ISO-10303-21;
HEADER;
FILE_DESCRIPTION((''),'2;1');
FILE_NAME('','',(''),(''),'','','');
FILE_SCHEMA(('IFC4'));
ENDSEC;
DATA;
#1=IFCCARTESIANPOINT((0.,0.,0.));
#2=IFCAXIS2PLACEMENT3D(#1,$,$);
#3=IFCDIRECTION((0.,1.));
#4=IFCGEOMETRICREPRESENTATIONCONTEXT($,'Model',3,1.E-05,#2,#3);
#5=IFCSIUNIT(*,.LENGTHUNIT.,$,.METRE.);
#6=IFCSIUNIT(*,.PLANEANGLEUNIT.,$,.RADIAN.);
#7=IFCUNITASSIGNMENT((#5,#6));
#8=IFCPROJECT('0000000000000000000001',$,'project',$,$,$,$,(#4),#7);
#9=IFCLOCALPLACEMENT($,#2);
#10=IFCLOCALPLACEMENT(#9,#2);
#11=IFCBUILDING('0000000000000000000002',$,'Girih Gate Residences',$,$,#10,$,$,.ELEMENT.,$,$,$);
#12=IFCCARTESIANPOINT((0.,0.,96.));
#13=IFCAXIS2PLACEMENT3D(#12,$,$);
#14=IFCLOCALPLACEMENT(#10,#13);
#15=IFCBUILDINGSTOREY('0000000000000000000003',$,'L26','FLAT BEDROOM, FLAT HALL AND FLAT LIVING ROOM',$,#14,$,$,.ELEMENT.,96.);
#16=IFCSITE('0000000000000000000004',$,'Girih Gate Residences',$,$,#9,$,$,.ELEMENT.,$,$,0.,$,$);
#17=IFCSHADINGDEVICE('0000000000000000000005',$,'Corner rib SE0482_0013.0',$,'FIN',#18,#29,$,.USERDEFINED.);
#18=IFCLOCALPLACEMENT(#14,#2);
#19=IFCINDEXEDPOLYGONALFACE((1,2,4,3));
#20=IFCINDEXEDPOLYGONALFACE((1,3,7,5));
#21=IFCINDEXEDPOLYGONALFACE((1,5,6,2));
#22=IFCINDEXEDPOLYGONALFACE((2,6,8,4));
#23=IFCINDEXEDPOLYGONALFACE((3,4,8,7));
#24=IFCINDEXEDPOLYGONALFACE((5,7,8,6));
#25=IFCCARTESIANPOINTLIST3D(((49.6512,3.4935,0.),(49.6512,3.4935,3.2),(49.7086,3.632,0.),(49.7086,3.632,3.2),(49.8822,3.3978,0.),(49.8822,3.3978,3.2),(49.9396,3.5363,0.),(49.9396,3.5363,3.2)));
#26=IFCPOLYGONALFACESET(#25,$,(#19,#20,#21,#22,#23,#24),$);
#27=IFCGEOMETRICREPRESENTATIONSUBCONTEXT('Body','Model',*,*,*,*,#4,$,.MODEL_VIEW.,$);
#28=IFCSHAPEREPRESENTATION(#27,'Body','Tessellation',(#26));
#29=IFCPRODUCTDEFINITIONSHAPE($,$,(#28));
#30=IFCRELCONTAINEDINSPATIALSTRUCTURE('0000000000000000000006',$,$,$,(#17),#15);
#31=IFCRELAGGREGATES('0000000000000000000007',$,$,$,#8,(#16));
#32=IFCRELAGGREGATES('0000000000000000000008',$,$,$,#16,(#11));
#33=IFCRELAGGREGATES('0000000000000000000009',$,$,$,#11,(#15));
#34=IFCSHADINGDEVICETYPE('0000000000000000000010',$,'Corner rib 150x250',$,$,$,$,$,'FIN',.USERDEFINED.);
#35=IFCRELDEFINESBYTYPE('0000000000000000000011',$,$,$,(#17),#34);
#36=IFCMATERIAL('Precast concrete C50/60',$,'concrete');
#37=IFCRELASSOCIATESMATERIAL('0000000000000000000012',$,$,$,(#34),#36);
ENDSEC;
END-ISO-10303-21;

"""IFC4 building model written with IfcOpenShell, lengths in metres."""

from ifc_helpers import new_model, si_unit, direction, frame, origin, origin_2d, place, context, subcontext, project, spatial, rectangle, extrude, material, type_object, element, save


model = new_model("IFC4")

# Units and contexts
model_context = context("Model", 3, precision=1e-05, world=origin(), true_north=direction((0.0, 1.0)))
body_context = subcontext(model_context, "Body", "Model", "MODEL_VIEW")
ifc_project = project(units=[si_unit("LENGTHUNIT", "METRE"), si_unit("PLANEANGLEUNIT", "RADIAN")], contexts=[model_context])

# Site, building, storey
site_placement = place(None, origin())
site = spatial("IfcSite", under=ifc_project, at=site_placement, Name="Girih Gate Residences", CompositionType="ELEMENT", RefElevation=0.0)
building_placement = place(site_placement, origin())
building = spatial("IfcBuilding", under=site, at=building_placement, Name="Girih Gate Residences", CompositionType="ELEMENT")
storey_placement = place(building_placement, frame((0.0, 0.0, 96.0)))
storey = spatial("IfcBuildingStorey", under=building, at=storey_placement, Name="L26", Description="FLAT BEDROOM, FLAT HALL AND FLAT LIVING ROOM", CompositionType="ELEMENT", Elevation=96.0)

# Shared definitions
ifc_material_1 = material(Name="Precast concrete C50/60", Category="concrete")

# Shading device
shading_device_type = type_object("IfcShadingDeviceType", Name="Corner rib 150x250", ElementType="FIN", PredefinedType="USERDEFINED", material=ifc_material_1)
for number, where, z_axis, x_axis, name in (
    (1, (49.7954, 3.5149, 0.0), (0.0, 0.0, 1.0), (0.382683, 0.92388, 0.0), "Corner rib SE0482_0013.0"),
):
    element("IfcShadingDevice", number, at=place(storey_placement, frame(where, z_axis=z_axis, x_axis=x_axis)), inside=storey, type_object=shading_device_type, Name=name, ObjectType="FIN", PredefinedType="USERDEFINED", context=body_context, shape_type="SweptSolid", body=[
        extrude(rectangle(XDim=0.1499, YDim=0.25, at=origin_2d()), origin(), (0.0, 0.0, 1.0), 3.2),
    ])

save(model, "model.ifc")
